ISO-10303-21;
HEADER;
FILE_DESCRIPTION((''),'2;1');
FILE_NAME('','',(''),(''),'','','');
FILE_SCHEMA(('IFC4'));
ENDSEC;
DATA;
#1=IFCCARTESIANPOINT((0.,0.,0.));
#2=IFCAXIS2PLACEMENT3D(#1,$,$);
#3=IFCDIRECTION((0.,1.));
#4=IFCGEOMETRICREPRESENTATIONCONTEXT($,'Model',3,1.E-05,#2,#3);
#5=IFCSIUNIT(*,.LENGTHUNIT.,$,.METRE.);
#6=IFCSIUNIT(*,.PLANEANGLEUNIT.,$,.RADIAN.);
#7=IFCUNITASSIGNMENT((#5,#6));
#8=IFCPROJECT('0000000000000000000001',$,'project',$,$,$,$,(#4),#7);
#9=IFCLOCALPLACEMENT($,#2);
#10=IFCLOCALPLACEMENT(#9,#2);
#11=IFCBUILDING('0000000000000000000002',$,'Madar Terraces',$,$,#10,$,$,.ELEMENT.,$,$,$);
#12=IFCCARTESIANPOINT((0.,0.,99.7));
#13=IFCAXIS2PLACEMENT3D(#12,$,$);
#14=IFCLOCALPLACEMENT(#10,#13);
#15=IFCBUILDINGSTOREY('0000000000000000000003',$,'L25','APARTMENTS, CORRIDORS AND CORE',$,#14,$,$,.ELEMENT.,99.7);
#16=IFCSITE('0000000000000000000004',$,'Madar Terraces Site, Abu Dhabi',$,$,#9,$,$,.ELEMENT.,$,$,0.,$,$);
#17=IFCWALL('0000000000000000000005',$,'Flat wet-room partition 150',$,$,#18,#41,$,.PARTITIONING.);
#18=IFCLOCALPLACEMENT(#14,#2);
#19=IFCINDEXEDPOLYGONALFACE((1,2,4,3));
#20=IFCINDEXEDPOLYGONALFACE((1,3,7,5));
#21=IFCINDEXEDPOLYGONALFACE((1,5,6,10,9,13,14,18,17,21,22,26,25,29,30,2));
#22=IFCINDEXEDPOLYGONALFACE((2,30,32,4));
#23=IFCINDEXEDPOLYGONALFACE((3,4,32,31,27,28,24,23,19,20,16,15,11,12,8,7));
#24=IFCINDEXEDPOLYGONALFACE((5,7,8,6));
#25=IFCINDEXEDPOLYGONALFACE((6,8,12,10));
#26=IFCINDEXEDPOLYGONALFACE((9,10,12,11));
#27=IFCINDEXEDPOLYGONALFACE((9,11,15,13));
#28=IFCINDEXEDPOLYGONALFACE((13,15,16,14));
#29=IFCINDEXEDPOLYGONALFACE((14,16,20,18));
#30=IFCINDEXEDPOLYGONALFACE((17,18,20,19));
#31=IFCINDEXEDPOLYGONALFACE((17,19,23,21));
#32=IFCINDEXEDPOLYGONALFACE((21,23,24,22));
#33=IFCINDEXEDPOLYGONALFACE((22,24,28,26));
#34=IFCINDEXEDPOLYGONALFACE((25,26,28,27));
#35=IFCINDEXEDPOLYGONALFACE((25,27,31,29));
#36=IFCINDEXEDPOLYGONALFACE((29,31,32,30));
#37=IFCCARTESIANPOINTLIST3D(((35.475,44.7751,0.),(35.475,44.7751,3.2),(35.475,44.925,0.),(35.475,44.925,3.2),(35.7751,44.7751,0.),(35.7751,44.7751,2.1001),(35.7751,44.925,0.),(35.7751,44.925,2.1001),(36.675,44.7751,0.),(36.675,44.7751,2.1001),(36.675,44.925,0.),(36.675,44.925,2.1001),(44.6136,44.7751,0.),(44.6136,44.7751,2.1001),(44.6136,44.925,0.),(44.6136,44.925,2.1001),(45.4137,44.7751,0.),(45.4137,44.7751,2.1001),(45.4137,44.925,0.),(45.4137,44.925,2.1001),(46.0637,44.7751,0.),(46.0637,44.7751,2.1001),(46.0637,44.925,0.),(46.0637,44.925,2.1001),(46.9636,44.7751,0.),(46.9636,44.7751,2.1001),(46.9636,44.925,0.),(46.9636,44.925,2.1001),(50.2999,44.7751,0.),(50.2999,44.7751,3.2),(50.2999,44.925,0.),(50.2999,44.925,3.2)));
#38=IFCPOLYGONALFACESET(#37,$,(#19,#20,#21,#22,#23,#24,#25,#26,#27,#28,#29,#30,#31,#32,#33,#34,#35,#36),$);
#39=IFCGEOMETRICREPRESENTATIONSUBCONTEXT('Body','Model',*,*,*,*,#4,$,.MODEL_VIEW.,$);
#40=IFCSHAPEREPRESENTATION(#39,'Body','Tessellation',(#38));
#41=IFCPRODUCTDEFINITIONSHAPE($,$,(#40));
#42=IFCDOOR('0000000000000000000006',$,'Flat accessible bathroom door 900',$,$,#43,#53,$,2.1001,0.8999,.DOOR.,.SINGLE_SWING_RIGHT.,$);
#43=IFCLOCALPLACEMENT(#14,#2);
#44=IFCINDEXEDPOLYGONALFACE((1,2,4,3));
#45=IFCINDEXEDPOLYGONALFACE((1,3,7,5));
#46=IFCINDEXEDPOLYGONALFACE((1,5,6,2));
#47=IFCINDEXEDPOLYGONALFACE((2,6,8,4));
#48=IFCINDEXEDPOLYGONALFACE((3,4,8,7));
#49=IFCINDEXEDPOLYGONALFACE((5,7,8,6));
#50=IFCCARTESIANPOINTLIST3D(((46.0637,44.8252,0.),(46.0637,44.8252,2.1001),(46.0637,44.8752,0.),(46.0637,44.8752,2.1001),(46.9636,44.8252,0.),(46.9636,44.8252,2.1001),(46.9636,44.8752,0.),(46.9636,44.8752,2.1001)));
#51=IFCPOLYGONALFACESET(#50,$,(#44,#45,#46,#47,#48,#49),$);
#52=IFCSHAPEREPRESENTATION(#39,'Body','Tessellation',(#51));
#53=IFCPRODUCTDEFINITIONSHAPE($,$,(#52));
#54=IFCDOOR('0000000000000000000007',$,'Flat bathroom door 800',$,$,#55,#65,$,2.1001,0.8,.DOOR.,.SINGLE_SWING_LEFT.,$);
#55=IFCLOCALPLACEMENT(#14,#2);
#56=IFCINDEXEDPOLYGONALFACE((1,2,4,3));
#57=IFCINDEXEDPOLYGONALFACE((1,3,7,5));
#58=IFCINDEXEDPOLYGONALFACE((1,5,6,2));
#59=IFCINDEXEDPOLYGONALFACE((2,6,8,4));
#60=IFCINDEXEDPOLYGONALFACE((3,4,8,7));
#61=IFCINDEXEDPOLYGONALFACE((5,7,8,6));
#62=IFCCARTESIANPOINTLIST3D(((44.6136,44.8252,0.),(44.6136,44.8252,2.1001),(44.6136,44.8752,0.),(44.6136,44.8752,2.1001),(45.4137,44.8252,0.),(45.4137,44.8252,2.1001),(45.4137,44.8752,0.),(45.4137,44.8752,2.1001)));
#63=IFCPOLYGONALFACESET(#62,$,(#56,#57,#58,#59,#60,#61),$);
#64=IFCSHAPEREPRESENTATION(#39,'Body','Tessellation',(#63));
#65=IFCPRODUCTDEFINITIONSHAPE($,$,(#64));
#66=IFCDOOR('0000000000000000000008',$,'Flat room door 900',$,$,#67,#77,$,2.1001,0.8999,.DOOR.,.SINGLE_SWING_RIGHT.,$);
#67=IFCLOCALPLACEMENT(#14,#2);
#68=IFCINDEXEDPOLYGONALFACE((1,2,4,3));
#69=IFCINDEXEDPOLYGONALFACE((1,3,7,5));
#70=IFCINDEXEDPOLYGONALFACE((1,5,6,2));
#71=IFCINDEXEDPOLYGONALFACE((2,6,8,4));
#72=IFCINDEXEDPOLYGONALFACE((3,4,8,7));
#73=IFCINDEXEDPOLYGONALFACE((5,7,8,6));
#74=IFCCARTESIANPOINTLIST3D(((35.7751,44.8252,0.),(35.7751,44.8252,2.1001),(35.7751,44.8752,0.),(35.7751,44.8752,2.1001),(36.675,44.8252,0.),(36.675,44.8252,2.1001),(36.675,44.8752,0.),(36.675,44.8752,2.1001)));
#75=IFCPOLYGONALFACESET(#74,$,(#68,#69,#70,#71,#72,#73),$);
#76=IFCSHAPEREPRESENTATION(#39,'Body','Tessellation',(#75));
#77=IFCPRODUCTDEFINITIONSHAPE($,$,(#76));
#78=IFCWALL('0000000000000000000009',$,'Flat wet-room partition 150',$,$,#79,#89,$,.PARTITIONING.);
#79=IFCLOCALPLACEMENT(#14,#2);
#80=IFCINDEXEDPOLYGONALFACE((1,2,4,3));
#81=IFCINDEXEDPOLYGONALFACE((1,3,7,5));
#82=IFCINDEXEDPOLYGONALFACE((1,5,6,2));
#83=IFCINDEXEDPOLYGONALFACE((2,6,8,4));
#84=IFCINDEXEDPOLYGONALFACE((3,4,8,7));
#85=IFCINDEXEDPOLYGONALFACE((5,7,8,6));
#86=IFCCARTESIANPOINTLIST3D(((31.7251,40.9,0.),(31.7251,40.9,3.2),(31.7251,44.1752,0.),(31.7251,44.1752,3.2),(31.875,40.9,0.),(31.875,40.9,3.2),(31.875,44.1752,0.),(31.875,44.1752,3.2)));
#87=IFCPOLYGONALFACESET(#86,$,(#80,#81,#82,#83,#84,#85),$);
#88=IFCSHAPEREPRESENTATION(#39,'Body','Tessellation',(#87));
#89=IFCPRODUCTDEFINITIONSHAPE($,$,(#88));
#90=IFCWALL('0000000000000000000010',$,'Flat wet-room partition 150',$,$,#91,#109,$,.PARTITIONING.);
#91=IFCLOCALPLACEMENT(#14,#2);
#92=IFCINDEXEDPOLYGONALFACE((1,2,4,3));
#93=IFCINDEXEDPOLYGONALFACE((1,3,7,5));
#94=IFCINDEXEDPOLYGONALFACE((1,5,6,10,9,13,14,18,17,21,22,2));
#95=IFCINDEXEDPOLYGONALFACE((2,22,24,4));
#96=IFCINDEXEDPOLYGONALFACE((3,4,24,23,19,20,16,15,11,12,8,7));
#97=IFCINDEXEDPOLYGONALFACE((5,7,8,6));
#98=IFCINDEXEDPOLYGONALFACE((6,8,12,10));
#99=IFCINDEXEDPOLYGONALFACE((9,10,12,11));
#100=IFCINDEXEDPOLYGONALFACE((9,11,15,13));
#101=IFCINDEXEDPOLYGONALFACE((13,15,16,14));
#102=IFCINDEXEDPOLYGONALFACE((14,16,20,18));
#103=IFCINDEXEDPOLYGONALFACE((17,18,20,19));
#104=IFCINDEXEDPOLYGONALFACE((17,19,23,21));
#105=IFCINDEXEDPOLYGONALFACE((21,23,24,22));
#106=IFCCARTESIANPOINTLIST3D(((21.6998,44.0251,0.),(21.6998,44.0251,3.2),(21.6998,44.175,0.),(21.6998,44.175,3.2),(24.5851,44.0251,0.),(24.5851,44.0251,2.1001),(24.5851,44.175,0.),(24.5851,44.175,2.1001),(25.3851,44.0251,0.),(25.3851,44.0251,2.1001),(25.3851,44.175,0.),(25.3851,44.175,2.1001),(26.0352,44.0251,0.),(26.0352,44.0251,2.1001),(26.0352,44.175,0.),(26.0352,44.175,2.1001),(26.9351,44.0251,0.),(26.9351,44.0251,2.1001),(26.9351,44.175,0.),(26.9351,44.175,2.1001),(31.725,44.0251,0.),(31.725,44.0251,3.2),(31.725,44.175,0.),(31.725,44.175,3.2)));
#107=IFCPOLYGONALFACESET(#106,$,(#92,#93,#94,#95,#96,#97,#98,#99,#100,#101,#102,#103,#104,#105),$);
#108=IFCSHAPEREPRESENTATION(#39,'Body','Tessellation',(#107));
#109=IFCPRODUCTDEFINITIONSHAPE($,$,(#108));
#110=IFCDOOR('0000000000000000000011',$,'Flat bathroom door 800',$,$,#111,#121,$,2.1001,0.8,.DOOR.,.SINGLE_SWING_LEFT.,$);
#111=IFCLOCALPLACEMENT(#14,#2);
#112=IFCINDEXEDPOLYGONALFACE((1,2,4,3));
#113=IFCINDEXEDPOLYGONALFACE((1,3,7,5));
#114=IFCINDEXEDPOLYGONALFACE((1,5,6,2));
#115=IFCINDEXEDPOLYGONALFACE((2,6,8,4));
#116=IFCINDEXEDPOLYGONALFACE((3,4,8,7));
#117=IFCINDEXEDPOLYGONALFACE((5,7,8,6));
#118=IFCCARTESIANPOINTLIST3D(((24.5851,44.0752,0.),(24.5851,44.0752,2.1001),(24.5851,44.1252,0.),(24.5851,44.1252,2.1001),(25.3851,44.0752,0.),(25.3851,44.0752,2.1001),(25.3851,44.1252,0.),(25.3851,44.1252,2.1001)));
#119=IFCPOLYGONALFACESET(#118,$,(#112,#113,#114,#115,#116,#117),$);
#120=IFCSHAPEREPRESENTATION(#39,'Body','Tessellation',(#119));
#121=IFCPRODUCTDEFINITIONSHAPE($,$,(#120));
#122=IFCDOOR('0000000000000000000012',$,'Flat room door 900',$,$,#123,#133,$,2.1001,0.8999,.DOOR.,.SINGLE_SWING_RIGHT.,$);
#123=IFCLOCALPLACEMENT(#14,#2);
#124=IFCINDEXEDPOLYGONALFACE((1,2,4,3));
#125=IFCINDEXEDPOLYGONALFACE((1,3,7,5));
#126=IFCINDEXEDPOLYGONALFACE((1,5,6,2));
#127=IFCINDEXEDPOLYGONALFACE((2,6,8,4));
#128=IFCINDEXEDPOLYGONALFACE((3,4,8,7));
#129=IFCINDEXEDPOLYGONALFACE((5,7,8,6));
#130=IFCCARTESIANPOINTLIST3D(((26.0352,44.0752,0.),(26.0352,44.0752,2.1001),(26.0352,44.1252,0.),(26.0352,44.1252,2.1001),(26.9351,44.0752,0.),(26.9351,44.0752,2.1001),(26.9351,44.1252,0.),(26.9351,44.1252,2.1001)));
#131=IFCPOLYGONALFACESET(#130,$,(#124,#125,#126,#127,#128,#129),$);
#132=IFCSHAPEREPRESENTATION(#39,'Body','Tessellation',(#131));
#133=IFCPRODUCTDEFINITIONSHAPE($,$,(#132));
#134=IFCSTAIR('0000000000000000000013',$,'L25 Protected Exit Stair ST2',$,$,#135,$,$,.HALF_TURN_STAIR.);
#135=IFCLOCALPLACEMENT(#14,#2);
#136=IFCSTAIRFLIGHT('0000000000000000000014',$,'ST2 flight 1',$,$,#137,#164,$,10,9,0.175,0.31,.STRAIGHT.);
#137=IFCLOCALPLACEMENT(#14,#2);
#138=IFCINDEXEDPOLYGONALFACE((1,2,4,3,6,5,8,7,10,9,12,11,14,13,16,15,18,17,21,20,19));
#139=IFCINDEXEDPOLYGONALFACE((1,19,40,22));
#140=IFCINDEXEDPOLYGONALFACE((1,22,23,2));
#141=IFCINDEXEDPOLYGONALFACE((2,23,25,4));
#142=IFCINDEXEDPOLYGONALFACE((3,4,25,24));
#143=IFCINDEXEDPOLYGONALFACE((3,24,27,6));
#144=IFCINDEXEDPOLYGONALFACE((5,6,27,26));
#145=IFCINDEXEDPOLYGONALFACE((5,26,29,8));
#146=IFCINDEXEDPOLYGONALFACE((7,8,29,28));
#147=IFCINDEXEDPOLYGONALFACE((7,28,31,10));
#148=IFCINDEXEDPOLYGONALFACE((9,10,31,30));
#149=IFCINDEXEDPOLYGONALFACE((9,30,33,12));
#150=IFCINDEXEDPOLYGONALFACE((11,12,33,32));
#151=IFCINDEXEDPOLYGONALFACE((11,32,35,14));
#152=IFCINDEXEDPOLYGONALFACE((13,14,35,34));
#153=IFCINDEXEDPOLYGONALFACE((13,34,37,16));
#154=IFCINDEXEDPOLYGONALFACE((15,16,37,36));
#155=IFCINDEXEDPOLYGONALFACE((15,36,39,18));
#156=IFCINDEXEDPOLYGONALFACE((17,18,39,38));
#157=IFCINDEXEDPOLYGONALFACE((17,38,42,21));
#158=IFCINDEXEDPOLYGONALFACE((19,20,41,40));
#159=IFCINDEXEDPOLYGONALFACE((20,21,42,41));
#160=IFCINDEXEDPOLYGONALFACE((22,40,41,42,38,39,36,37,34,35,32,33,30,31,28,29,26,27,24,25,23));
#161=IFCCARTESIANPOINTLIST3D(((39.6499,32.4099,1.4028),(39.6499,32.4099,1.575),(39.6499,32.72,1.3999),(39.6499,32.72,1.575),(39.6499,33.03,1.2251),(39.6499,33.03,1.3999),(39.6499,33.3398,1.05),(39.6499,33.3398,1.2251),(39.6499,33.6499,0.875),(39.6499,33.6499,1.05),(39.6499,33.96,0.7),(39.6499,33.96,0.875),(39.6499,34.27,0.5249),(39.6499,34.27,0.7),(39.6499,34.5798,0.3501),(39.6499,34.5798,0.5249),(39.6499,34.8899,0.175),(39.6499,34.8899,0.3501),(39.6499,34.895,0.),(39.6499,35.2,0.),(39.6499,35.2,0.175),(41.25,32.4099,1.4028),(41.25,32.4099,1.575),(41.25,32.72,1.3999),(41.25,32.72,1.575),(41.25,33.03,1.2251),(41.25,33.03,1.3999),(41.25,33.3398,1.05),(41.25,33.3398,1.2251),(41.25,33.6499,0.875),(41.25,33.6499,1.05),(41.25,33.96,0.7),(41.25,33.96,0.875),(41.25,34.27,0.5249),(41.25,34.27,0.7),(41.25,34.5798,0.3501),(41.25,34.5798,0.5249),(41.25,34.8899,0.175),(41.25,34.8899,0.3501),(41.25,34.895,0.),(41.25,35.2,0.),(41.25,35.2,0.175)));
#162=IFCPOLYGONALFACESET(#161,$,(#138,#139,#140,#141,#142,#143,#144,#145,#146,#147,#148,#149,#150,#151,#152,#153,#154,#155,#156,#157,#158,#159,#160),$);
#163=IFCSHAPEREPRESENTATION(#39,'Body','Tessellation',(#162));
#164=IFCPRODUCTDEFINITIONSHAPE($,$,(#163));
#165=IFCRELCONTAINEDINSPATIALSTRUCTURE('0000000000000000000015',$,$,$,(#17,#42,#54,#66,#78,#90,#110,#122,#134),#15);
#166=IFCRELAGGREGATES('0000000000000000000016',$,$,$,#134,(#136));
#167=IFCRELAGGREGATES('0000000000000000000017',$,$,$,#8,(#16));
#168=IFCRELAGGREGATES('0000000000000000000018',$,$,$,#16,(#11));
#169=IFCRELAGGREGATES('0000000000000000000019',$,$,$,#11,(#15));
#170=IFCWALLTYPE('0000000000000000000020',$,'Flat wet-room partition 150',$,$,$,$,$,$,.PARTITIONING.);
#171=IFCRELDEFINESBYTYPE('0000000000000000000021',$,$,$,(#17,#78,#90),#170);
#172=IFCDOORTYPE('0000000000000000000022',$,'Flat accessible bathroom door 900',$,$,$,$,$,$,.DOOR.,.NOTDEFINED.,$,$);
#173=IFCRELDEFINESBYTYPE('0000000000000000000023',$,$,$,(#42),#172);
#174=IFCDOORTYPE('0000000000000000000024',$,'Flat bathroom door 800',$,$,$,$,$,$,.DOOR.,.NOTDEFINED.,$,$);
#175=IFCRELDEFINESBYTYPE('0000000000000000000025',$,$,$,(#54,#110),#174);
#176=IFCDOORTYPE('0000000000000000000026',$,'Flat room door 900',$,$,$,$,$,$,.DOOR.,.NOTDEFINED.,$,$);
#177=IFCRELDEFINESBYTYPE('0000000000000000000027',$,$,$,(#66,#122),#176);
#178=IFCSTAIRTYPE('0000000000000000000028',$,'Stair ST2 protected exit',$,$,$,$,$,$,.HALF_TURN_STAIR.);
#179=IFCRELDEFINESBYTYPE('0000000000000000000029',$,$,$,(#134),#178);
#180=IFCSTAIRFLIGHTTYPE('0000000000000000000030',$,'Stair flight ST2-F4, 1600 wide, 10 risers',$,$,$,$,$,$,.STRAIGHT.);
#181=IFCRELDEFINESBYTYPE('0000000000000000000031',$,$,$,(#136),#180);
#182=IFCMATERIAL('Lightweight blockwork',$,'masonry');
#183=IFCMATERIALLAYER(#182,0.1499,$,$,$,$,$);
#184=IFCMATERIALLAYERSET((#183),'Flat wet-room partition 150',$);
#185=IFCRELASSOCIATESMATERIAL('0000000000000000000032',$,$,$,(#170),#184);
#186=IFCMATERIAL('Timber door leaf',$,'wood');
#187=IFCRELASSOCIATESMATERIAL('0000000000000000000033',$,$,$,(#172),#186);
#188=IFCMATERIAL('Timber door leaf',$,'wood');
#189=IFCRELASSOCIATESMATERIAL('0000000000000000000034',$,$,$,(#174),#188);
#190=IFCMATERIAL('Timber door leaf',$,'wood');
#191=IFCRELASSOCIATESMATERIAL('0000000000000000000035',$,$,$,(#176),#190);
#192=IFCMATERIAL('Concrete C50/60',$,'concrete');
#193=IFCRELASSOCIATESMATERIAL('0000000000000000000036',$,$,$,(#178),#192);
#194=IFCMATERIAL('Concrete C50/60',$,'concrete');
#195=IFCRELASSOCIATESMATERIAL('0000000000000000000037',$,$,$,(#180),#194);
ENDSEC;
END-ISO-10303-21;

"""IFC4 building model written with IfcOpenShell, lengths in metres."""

from ifc_helpers import new_model, si_unit, direction, frame, frame_2d, origin, place, context, subcontext, project, spatial, polyline, rectangle, outline, extrude, material, layer, layer_set, type_object, element, fill, aggregate, save


model = new_model("IFC4")

# Units and contexts
model_context = context("Model", 3, precision=1e-05, world=origin(), true_north=direction((0.0, 1.0)))
body_context = subcontext(model_context, "Body", "Model", "MODEL_VIEW")
ifc_project = project(units=[si_unit("LENGTHUNIT", "METRE"), si_unit("PLANEANGLEUNIT", "RADIAN")], contexts=[model_context])

# Site, building, storey
site_placement = place(None, origin())
site = spatial("IfcSite", under=ifc_project, at=site_placement, Name="Madar Terraces Site, Abu Dhabi", CompositionType="ELEMENT", RefElevation=0.0)
building_placement = place(site_placement, origin())
building = spatial("IfcBuilding", under=site, at=building_placement, Name="Madar Terraces", CompositionType="ELEMENT")
storey_placement = place(building_placement, frame((0.0, 0.0, 99.7)))
storey = spatial("IfcBuildingStorey", under=building, at=storey_placement, Name="L25", Description="APARTMENTS, CORRIDORS AND CORE", CompositionType="ELEMENT", Elevation=99.7)

# Shared definitions
ifc_material_1 = material(Name="Lightweight blockwork", Category="masonry")
ifc_layer_1 = layer(ifc_material_1, 0.1499)
ifc_layer_set_1 = layer_set([ifc_layer_1], Name="Flat wet-room partition 150")
wall_type_1 = type_object("IfcWallType", Name="Flat wet-room partition 150", PredefinedType="PARTITIONING", material=ifc_layer_set_1)

# Wall, openings, doors
wall_1_placement = place(storey_placement, frame((50.3, 44.8501, 0.0), z_axis=(0.0, 0.0, 1.0), x_axis=(-1.0, 0.0, 0.0)))
wall_1 = element("IfcWall", 1, at=wall_1_placement, inside=storey, type_object=wall_type_1, Name="Flat wet-room partition 150", PredefinedType="PARTITIONING", context=body_context, shape_type="SweptSolid", body=[
    extrude(rectangle(XDim=14.825, YDim=0.1499, at=frame_2d((7.4126, 0.0))), origin(), (0.0, 0.0, 1.0), 3.2),
])
opening_1_placement = place(wall_1_placement, frame((13.625, 0.0, 0.0)))
opening_1 = element("IfcOpeningElement", 2, at=opening_1_placement, cuts=wall_1, PredefinedType="OPENING", context=body_context, shape_type="SweptSolid", body=[
    extrude(rectangle(XDim=0.8999, YDim=2.1001, at=frame_2d((0.45, 1.05))), frame((0.0, 0.085, 0.0), z_axis=(0.0, -1.0, 0.0), x_axis=(1.0, 0.0, 0.0)), (0.0, 0.0, 1.0), 0.1699),
])
opening_2_placement = place(wall_1_placement, frame((4.8865, 0.0, 0.0)))
opening_2 = element("IfcOpeningElement", 3, at=opening_2_placement, cuts=wall_1, PredefinedType="OPENING", context=body_context, shape_type="SweptSolid", body=[
    extrude(rectangle(XDim=0.8, YDim=2.1001, at=frame_2d((0.3999, 1.05))), frame((0.0, 0.085, 0.0), z_axis=(0.0, -1.0, 0.0), x_axis=(1.0, 0.0, 0.0)), (0.0, 0.0, 1.0), 0.1699),
])
opening_3_placement = place(wall_1_placement, frame((3.3364, 0.0, 0.0)))
opening_3 = element("IfcOpeningElement", 4, at=opening_3_placement, cuts=wall_1, PredefinedType="OPENING", context=body_context, shape_type="SweptSolid", body=[
    extrude(rectangle(XDim=0.8999, YDim=2.1001, at=frame_2d((0.45, 1.05))), frame((0.0, 0.085, 0.0), z_axis=(0.0, -1.0, 0.0), x_axis=(1.0, 0.0, 0.0)), (0.0, 0.0, 1.0), 0.1699),
])
ifc_material_2 = material(Name="Timber door leaf", Category="wood")
door_type_1 = type_object("IfcDoorType", Name="Flat accessible bathroom door 900", OperationType="NOTDEFINED", PredefinedType="DOOR", material=ifc_material_2)
door_1_placement = place(opening_3_placement, origin())
door_1 = element("IfcDoor", 5, at=door_1_placement, inside=storey, type_object=door_type_1, Name="Flat accessible bathroom door 900", OperationType="SINGLE_SWING_RIGHT", OverallHeight=2.1001, OverallWidth=0.8999, PredefinedType="DOOR", context=body_context, shape_type="SweptSolid", body=[
    extrude(rectangle(XDim=0.8999, YDim=2.1001, at=frame_2d((0.45, 1.05))), frame((0.0, 0.0249, 0.0), z_axis=(0.0, -1.0, 0.0), x_axis=(1.0, 0.0, 0.0)), (0.0, 0.0, 1.0), 0.05),
])
fill(opening_3, door_1)
ifc_material_3 = material(Name="Timber door leaf", Category="wood")
door_type_2 = type_object("IfcDoorType", Name="Flat bathroom door 800", OperationType="NOTDEFINED", PredefinedType="DOOR", material=ifc_material_3)
door_2_placement = place(opening_2_placement, origin())
door_2 = element("IfcDoor", 6, at=door_2_placement, inside=storey, type_object=door_type_2, Name="Flat bathroom door 800", OperationType="SINGLE_SWING_LEFT", OverallHeight=2.1001, OverallWidth=0.8, PredefinedType="DOOR", context=body_context, shape_type="SweptSolid", body=[
    extrude(rectangle(XDim=0.8, YDim=2.1001, at=frame_2d((0.3999, 1.05))), frame((0.0, 0.0249, 0.0), z_axis=(0.0, -1.0, 0.0), x_axis=(1.0, 0.0, 0.0)), (0.0, 0.0, 1.0), 0.05),
])
fill(opening_2, door_2)
ifc_material_4 = material(Name="Timber door leaf", Category="wood")
door_type_3 = type_object("IfcDoorType", Name="Flat room door 900", OperationType="NOTDEFINED", PredefinedType="DOOR", material=ifc_material_4)
door_3_placement = place(opening_1_placement, origin())
door_3 = element("IfcDoor", 7, at=door_3_placement, inside=storey, type_object=door_type_3, Name="Flat room door 900", OperationType="SINGLE_SWING_RIGHT", OverallHeight=2.1001, OverallWidth=0.8999, PredefinedType="DOOR", context=body_context, shape_type="SweptSolid", body=[
    extrude(rectangle(XDim=0.8999, YDim=2.1001, at=frame_2d((0.45, 1.05))), frame((0.0, 0.0249, 0.0), z_axis=(0.0, -1.0, 0.0), x_axis=(1.0, 0.0, 0.0)), (0.0, 0.0, 1.0), 0.05),
])
fill(opening_1, door_3)

# Wall
wall_2_placement = place(storey_placement, frame((31.8, 40.8999, 0.0), z_axis=(0.0, 0.0, 1.0), x_axis=(0.0, 1.0, 0.0)))
element("IfcWall", 8, at=wall_2_placement, inside=storey, type_object=wall_type_1, Name="Flat wet-room partition 150", PredefinedType="PARTITIONING", context=body_context, shape_type="SweptSolid", body=[
    extrude(rectangle(XDim=3.2751, YDim=0.1499, at=frame_2d((1.6377, 0.0))), origin(), (0.0, 0.0, 1.0), 3.2),
])

# Wall, openings, doors
wall_3_placement = place(storey_placement, frame((31.7251, 44.1001, 0.0), z_axis=(0.0, 0.0, 1.0), x_axis=(-1.0, 0.0, 0.0)))
wall_3 = element("IfcWall", 9, at=wall_3_placement, inside=storey, type_object=wall_type_1, Name="Flat wet-room partition 150", PredefinedType="PARTITIONING", context=body_context, shape_type="SweptSolid", body=[
    extrude(rectangle(XDim=10.0251, YDim=0.1499, at=frame_2d((5.0127, 0.0))), origin(), (0.0, 0.0, 1.0), 3.2),
])
opening_4_placement = place(wall_3_placement, frame((4.79, 0.0, 0.0)))
opening_4 = element("IfcOpeningElement", 10, at=opening_4_placement, cuts=wall_3, PredefinedType="OPENING", context=body_context, shape_type="SweptSolid", body=[
    extrude(rectangle(XDim=0.8999, YDim=2.1001, at=frame_2d((0.45, 1.05))), frame((0.0, 0.085, 0.0), z_axis=(0.0, -1.0, 0.0), x_axis=(1.0, 0.0, 0.0)), (0.0, 0.0, 1.0), 0.1699),
])
opening_5_placement = place(wall_3_placement, frame((6.3401, 0.0, 0.0)))
opening_5 = element("IfcOpeningElement", 11, at=opening_5_placement, cuts=wall_3, PredefinedType="OPENING", context=body_context, shape_type="SweptSolid", body=[
    extrude(rectangle(XDim=0.8, YDim=2.1001, at=frame_2d((0.3999, 1.05))), frame((0.0, 0.085, 0.0), z_axis=(0.0, -1.0, 0.0), x_axis=(1.0, 0.0, 0.0)), (0.0, 0.0, 1.0), 0.1699),
])
door_4_placement = place(opening_5_placement, origin())
door_4 = element("IfcDoor", 12, at=door_4_placement, inside=storey, type_object=door_type_2, Name="Flat bathroom door 800", OperationType="SINGLE_SWING_LEFT", OverallHeight=2.1001, OverallWidth=0.8, PredefinedType="DOOR", context=body_context, shape_type="SweptSolid", body=[
    extrude(rectangle(XDim=0.8, YDim=2.1001, at=frame_2d((0.3999, 1.05))), frame((0.0, 0.0249, 0.0), z_axis=(0.0, -1.0, 0.0), x_axis=(1.0, 0.0, 0.0)), (0.0, 0.0, 1.0), 0.05),
])
fill(opening_5, door_4)
door_5_placement = place(opening_4_placement, origin())
door_5 = element("IfcDoor", 13, at=door_5_placement, inside=storey, type_object=door_type_3, Name="Flat room door 900", OperationType="SINGLE_SWING_RIGHT", OverallHeight=2.1001, OverallWidth=0.8999, PredefinedType="DOOR", context=body_context, shape_type="SweptSolid", body=[
    extrude(rectangle(XDim=0.8999, YDim=2.1001, at=frame_2d((0.45, 1.05))), frame((0.0, 0.0249, 0.0), z_axis=(0.0, -1.0, 0.0), x_axis=(1.0, 0.0, 0.0)), (0.0, 0.0, 1.0), 0.05),
])
fill(opening_4, door_5)

# Stair, stair flight
ifc_material_5 = material(Name="Concrete C50/60", Category="concrete")
stair_type = type_object("IfcStairType", Name="Stair ST2 protected exit", PredefinedType="HALF_TURN_STAIR", material=ifc_material_5)
stair_placement = place(storey_placement, origin())
stair = element("IfcStair", 14, at=stair_placement, inside=storey, type_object=stair_type, Name="L25 Protected Exit Stair ST2", PredefinedType="HALF_TURN_STAIR")
ifc_material_6 = material(Name="Concrete C50/60", Category="concrete")
stair_flight_type = type_object("IfcStairFlightType", Name="Stair flight ST2-F4, 1600 wide, 10 risers", PredefinedType="STRAIGHT", material=ifc_material_6)
stair_flight_1_placement = place(storey_placement, frame((40.45, 35.2, 0.0), z_axis=(0.0, 0.0, 1.0), x_axis=(0.0, -1.0, 0.0)))
stair_flight_1 = element("IfcStairFlight", 15, at=stair_flight_1_placement, type_object=stair_flight_type, Name="ST2 flight 1", NumberOfRisers=10, NumberOfTreads=9, PredefinedType="STRAIGHT", RiserHeight=0.175, TreadLength=0.31, context=body_context, shape_type="SweptSolid", body=[
    extrude(outline(polyline([(0.0, 0.0), (0.0, 0.175), (0.3101, 0.175), (0.3101, 0.3501), (0.6201, 0.3501), (0.6201, 0.5249), (0.9299, 0.5249), (0.9299, 0.7), (1.24, 0.7), (1.24, 0.875), (1.55, 0.875), (1.55, 1.05), (1.8601, 1.05), (1.8601, 1.2251), (2.1699, 1.2251), (2.1699, 1.3999), (2.48, 1.3999), (2.48, 1.575), (2.79, 1.575), (2.79, 1.75), (2.79, 1.4028), (0.3049, 0.0), (0.0, 0.0)])), frame((0.0, 0.8, 0.0), z_axis=(0.0, -1.0, 0.0), x_axis=(1.0, 0.0, 0.0)), (0.0, 0.0, 1.0), 1.6001),
])
aggregate(stair, [stair_flight_1])

save(model, "model.ifc")
